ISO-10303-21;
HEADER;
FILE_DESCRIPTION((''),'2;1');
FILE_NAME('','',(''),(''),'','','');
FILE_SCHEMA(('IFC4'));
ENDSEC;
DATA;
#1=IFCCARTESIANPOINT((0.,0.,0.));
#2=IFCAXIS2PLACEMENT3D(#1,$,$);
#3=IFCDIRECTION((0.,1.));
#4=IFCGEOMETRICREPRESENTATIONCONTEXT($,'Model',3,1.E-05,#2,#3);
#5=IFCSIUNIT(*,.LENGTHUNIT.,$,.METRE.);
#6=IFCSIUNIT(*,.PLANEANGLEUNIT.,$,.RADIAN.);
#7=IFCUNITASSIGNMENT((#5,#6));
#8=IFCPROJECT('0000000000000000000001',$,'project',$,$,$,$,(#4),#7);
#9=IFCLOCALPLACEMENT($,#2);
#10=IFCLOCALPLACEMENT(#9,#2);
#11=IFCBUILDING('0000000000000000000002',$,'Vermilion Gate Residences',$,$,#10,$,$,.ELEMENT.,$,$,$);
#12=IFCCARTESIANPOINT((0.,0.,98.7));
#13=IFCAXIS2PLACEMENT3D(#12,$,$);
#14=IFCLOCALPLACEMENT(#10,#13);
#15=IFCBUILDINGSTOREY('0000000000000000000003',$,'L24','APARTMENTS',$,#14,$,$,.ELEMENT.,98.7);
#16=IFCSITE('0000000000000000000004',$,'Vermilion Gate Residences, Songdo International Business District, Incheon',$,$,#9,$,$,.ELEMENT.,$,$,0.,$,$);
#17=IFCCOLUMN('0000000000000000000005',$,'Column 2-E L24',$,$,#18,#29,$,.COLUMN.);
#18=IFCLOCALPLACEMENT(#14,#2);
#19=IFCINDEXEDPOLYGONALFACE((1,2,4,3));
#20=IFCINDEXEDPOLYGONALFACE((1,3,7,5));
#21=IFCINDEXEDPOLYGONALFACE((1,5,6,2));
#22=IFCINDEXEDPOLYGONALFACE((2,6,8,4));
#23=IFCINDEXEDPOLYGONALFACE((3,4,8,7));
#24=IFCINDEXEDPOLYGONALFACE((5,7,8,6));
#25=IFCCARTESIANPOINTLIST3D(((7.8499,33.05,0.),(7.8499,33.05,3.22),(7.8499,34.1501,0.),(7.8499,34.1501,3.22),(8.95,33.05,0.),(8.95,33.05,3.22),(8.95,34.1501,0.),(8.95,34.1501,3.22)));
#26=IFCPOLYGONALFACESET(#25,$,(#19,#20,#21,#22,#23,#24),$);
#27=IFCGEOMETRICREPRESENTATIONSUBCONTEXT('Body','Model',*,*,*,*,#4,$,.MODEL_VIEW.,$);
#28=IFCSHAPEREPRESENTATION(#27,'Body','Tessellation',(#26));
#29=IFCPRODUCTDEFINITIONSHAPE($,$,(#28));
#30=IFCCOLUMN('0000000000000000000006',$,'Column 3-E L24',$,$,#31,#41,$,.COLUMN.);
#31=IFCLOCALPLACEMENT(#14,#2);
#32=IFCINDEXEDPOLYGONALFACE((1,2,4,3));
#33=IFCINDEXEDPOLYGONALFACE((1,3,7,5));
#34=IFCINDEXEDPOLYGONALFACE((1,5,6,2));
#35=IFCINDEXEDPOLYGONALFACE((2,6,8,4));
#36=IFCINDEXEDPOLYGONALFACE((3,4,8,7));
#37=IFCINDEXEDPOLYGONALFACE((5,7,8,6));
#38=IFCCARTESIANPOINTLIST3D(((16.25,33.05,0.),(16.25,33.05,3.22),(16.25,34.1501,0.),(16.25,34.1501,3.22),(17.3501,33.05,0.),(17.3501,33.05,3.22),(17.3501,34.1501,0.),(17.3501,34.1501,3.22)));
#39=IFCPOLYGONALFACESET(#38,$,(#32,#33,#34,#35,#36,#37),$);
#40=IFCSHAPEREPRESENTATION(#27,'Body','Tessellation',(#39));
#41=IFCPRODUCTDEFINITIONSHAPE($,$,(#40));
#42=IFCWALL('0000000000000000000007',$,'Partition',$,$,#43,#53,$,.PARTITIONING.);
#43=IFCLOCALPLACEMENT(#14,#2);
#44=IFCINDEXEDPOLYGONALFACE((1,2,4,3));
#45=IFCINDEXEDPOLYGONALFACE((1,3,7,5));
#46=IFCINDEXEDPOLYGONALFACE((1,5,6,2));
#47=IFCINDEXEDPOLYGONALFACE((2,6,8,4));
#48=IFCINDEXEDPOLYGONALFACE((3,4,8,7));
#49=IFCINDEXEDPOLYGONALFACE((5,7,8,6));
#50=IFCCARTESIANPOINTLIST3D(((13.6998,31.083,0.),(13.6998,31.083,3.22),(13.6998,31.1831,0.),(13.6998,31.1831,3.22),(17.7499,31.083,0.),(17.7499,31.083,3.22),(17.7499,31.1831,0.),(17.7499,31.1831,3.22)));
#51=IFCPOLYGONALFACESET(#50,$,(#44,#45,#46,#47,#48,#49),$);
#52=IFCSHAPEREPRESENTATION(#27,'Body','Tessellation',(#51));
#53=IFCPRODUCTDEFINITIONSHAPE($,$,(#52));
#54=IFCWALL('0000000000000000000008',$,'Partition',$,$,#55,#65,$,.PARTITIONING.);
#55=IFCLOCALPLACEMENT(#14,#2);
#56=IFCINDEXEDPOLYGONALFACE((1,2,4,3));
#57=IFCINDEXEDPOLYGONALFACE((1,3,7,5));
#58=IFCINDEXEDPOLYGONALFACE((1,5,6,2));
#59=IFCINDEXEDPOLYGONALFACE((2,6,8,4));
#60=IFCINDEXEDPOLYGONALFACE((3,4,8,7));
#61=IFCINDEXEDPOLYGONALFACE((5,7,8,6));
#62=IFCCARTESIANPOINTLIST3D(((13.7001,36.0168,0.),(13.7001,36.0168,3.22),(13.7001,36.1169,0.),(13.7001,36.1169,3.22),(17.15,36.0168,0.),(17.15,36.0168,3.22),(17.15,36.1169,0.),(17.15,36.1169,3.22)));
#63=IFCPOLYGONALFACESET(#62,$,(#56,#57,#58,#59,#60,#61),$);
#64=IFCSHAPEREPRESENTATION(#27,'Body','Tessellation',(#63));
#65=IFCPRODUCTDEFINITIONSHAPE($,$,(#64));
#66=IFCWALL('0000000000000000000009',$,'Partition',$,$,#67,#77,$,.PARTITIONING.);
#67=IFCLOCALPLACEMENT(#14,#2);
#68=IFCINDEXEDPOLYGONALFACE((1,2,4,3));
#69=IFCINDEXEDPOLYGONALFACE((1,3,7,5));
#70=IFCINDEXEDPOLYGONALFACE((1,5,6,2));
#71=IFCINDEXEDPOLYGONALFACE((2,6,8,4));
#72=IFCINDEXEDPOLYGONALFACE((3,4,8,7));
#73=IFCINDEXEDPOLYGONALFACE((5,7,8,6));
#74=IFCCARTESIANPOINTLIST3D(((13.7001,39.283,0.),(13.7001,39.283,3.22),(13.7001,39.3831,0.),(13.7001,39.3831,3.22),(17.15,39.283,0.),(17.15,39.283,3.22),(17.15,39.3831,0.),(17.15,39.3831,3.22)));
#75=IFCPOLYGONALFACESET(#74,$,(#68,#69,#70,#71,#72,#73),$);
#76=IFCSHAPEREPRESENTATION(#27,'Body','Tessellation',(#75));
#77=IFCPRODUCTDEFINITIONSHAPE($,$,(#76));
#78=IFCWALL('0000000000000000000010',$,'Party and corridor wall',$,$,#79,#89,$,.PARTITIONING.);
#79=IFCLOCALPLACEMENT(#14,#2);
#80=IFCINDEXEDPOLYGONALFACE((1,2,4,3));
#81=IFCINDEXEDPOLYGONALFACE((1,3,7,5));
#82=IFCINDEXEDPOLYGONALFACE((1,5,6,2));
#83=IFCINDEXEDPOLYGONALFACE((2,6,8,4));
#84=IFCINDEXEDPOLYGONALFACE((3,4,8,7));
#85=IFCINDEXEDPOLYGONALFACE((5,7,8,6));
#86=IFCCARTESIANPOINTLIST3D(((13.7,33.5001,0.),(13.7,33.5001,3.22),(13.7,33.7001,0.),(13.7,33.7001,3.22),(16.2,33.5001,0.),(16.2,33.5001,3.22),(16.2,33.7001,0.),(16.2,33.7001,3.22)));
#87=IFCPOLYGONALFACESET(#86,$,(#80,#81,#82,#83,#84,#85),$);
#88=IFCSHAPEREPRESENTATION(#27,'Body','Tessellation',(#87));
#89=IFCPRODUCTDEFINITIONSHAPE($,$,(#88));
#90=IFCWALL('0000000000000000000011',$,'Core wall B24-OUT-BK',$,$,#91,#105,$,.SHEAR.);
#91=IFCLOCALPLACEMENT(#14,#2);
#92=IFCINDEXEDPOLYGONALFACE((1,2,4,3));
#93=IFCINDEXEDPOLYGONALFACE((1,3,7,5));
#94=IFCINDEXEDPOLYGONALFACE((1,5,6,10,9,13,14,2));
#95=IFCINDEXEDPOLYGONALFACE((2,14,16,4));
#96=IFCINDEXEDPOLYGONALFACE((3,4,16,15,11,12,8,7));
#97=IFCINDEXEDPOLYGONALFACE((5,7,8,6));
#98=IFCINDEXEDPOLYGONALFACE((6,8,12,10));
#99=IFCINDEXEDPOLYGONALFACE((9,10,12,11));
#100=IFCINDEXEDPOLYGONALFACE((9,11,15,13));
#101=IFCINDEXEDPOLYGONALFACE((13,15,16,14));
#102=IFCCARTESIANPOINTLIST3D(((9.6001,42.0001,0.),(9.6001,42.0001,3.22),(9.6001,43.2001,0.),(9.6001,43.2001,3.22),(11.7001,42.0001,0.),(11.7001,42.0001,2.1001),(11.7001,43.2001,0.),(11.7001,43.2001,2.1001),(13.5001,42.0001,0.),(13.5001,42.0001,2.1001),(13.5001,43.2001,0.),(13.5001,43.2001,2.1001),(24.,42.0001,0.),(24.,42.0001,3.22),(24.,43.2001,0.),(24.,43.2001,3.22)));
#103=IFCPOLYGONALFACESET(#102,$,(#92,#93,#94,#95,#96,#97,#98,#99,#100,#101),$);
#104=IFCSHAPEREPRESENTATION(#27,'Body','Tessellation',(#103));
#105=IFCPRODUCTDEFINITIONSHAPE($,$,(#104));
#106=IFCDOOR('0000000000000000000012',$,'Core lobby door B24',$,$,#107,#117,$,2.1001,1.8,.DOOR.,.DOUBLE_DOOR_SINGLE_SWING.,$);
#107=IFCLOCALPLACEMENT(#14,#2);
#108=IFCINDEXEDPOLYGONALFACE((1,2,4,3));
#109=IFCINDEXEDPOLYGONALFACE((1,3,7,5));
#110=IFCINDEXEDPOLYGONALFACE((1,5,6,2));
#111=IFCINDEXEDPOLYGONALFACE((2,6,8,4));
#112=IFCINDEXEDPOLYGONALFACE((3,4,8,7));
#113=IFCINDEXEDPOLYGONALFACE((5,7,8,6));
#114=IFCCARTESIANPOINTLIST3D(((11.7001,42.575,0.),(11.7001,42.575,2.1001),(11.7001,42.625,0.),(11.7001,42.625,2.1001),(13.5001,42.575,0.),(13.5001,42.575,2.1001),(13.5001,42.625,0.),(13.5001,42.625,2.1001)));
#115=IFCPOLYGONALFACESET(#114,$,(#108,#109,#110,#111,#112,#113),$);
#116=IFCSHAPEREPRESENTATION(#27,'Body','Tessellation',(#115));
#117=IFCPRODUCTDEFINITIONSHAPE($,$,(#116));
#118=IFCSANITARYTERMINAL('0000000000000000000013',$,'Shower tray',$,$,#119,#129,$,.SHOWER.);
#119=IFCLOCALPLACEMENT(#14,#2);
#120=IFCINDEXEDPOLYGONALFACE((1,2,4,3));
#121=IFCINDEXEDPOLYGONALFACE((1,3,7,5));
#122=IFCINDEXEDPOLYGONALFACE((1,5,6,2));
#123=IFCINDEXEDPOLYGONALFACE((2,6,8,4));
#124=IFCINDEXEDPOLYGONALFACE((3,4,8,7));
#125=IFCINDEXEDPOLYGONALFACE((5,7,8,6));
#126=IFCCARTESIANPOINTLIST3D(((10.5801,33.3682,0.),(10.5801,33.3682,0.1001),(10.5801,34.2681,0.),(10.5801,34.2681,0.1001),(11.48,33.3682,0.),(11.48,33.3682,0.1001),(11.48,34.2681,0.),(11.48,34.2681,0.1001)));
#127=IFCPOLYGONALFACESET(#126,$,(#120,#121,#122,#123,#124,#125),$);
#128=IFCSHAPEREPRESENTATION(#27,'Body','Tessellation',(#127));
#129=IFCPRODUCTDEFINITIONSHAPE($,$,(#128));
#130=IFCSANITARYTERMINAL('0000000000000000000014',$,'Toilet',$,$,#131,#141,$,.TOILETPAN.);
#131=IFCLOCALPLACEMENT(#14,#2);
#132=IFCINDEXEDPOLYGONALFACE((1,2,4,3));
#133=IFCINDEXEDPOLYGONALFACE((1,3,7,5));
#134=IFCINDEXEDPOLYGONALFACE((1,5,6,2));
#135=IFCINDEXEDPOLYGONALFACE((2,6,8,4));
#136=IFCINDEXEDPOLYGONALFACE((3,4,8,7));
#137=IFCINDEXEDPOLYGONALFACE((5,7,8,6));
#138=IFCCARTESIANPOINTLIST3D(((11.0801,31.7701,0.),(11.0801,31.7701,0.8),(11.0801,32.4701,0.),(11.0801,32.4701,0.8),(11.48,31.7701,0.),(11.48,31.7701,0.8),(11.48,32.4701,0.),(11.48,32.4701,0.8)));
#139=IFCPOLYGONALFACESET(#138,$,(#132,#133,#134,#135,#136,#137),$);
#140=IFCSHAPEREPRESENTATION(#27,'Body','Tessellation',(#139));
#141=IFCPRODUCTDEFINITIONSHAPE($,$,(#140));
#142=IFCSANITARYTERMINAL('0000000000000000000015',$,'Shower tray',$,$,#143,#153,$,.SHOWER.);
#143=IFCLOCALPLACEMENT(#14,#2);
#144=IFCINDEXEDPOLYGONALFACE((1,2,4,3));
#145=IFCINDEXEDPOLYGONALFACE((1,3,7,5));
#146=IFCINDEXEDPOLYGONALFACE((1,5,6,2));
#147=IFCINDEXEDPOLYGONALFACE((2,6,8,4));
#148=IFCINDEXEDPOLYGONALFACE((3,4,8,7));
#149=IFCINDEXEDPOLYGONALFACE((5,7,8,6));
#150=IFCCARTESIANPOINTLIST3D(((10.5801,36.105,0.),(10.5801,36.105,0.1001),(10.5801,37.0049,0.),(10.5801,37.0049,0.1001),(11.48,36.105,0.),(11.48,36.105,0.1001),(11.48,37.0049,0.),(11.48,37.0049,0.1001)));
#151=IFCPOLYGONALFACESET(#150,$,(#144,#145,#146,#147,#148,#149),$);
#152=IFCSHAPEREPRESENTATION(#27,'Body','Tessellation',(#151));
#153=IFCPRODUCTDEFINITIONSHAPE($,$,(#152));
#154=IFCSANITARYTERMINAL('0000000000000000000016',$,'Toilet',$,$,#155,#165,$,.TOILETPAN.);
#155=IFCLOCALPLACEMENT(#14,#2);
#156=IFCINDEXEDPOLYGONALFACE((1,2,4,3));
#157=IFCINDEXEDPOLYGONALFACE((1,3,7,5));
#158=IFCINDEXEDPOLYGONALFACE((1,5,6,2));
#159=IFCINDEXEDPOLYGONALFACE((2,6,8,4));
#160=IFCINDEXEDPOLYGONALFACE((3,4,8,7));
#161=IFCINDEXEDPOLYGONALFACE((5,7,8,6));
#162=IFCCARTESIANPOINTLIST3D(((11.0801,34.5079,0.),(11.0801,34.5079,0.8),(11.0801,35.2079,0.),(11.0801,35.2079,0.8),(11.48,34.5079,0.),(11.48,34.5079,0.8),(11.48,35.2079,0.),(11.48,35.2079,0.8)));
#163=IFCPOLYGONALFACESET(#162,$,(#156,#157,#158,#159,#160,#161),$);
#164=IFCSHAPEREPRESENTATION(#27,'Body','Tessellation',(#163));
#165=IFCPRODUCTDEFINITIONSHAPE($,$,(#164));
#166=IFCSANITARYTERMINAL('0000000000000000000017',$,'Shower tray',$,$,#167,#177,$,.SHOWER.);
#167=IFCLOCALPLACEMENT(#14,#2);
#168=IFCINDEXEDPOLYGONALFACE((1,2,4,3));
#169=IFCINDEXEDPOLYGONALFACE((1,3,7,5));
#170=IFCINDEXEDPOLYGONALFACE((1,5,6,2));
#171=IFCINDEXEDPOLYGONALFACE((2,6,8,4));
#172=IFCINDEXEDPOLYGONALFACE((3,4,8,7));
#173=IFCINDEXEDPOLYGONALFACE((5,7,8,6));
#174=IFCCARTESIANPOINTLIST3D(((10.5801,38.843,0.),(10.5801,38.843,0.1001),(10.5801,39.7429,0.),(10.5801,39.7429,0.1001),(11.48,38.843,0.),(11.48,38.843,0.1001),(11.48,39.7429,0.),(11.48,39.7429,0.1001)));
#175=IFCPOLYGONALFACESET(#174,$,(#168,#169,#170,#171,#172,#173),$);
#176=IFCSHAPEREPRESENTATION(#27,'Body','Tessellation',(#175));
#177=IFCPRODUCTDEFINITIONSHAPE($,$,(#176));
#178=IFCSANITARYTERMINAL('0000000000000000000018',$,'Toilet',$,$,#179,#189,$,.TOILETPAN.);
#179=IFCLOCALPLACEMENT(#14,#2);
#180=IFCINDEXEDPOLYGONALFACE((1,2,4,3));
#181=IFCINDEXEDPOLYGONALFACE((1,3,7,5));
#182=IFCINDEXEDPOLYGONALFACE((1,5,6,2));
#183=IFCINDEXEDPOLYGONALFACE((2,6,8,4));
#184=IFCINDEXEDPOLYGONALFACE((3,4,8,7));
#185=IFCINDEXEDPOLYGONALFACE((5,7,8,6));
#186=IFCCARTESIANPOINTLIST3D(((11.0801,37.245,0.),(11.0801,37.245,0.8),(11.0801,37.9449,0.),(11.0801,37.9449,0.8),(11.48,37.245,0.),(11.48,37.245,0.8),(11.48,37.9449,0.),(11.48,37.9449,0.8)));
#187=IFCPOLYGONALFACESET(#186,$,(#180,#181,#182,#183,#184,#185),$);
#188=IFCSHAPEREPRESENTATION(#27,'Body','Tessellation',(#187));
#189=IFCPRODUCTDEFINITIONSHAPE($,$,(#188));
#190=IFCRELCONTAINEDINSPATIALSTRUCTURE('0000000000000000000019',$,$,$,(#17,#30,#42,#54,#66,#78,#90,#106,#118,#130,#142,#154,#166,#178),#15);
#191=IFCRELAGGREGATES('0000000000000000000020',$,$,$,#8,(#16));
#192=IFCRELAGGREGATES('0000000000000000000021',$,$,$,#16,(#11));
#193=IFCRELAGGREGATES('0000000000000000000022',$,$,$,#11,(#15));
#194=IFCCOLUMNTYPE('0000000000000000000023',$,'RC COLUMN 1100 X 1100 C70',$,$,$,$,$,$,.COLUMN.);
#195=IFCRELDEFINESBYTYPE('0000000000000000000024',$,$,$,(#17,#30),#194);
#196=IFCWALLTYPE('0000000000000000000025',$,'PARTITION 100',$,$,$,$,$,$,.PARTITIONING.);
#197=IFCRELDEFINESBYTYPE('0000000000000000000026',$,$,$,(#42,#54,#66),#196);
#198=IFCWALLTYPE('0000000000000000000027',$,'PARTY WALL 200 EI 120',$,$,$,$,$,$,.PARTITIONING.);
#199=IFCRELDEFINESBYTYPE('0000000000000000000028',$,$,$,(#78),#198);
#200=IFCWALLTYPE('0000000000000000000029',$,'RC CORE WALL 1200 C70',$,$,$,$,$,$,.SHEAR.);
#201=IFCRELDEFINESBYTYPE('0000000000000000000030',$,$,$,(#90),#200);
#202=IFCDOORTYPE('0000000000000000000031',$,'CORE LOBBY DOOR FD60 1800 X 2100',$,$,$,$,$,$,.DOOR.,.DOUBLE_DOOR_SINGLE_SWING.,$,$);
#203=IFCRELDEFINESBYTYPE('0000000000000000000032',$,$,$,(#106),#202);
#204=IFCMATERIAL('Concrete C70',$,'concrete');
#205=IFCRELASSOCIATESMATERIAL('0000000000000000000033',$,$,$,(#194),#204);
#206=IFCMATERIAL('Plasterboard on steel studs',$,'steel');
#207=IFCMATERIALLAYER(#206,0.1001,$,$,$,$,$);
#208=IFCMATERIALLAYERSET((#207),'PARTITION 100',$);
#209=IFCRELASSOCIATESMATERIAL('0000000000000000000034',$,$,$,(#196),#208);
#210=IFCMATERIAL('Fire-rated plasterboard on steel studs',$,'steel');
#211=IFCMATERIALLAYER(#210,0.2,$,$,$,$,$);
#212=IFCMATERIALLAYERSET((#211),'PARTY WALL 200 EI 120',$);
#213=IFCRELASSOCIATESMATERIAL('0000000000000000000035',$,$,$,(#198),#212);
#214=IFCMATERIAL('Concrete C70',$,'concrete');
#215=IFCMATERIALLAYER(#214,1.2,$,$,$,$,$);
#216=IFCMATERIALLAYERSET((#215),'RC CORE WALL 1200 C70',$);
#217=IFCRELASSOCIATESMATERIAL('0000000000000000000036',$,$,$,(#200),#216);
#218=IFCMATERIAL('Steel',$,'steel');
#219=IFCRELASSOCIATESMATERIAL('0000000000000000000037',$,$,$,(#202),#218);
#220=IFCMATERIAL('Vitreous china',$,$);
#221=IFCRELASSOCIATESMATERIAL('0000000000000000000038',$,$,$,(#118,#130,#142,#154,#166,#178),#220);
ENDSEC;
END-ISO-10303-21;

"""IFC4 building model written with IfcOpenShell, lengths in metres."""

from ifc_helpers import new_model, si_unit, direction, frame, frame_2d, origin, origin_2d, place, context, subcontext, project, spatial, rectangle, extrude, material, layer, layer_set, material_profile, profile_set, type_object, element, fill, save


model = new_model("IFC4")

# Units and contexts
model_context = context("Model", 3, precision=1e-05, world=origin(), true_north=direction((0.0, 1.0)))
body_context = subcontext(model_context, "Body", "Model", "MODEL_VIEW")
ifc_project = project(units=[si_unit("LENGTHUNIT", "METRE"), si_unit("PLANEANGLEUNIT", "RADIAN")], contexts=[model_context])

# Site, building, storey
site_placement = place(None, origin())
site = spatial("IfcSite", under=ifc_project, at=site_placement, Name="Vermilion Gate Residences, Songdo International Business District, Incheon", CompositionType="ELEMENT", RefElevation=0.0)
building_placement = place(site_placement, origin())
building = spatial("IfcBuilding", under=site, at=building_placement, Name="Vermilion Gate Residences", CompositionType="ELEMENT")
storey_placement = place(building_placement, frame((0.0, 0.0, 98.7)))
storey = spatial("IfcBuildingStorey", under=building, at=storey_placement, Name="L24", Description="APARTMENTS", CompositionType="ELEMENT", Elevation=98.7)

# Columns
ifc_material_1 = material(Name="Concrete C70", Category="concrete")
ifc_material_profile = material_profile(ifc_material_1, rectangle(XDim=1.1001, YDim=1.1001, at=origin_2d()), Name="RC-1100x1100")
ifc_profile_set = profile_set([ifc_material_profile], Name="Concrete C70")
column_type = type_object("IfcColumnType", Name="RC COLUMN 1100 X 1100 C70", PredefinedType="COLUMN", material=ifc_profile_set)
for number, where, z_axis, x_axis, name in (
    (1, (8.3999, 33.6001, 0.0), (0.0, 0.0, 1.0), (1.0, 0.0, 0.0), "Column 2-E L24"),
    (2, (16.8, 33.6001, 0.0), (0.0, 0.0, 1.0), (1.0, 0.0, 0.0), "Column 3-E L24"),
):
    element("IfcColumn", number, at=place(storey_placement, frame(where, z_axis=z_axis, x_axis=x_axis)), inside=storey, type_object=column_type, Name=name, PredefinedType="COLUMN", context=body_context, shape_type="SweptSolid", body=[
        extrude(rectangle(XDim=1.1001, YDim=1.1001, at=origin_2d()), origin(), (0.0, 0.0, 1.0), 3.22),
    ])

# Walls
ifc_material_2 = material(Name="Plasterboard on steel studs", Category="steel")
ifc_layer_1 = layer(ifc_material_2, 0.1001)
ifc_layer_set_1 = layer_set([ifc_layer_1], Name="PARTITION 100")
wall_type_1 = type_object("IfcWallType", Name="PARTITION 100", PredefinedType="PARTITIONING", material=ifc_layer_set_1)
wall_1_placement = place(storey_placement, frame((13.7, 31.1331, 0.0), z_axis=(0.0, 0.0, 1.0), x_axis=(1.0, 0.0, 0.0)))
element("IfcWall", 3, at=wall_1_placement, inside=storey, type_object=wall_type_1, Name="Partition", PredefinedType="PARTITIONING", context=body_context, shape_type="SweptSolid", body=[
    extrude(rectangle(XDim=4.05, YDim=0.1001, at=frame_2d((2.0249, 0.0))), origin(), (0.0, 0.0, 1.0), 3.22),
])
for number, where, z_axis, x_axis, name in (
    (4, (13.7, 36.0669, 0.0), (0.0, 0.0, 1.0), (1.0, 0.0, 0.0), "Partition"),
    (5, (13.7, 39.333, 0.0), (0.0, 0.0, 1.0), (1.0, 0.0, 0.0), "Partition"),
):
    element("IfcWall", number, at=place(storey_placement, frame(where, z_axis=z_axis, x_axis=x_axis)), inside=storey, type_object=wall_type_1, Name=name, PredefinedType="PARTITIONING", context=body_context, shape_type="SweptSolid", body=[
        extrude(rectangle(XDim=3.45, YDim=0.1001, at=frame_2d((1.7251, 0.0))), origin(), (0.0, 0.0, 1.0), 3.22),
    ])
ifc_material_3 = material(Name="Fire-rated plasterboard on steel studs", Category="steel")
ifc_layer_2 = layer(ifc_material_3, 0.2)
ifc_layer_set_2 = layer_set([ifc_layer_2], Name="PARTY WALL 200 EI 120")
wall_type_2 = type_object("IfcWallType", Name="PARTY WALL 200 EI 120", PredefinedType="PARTITIONING", material=ifc_layer_set_2)
wall_2_placement = place(storey_placement, frame((13.7, 33.6001, 0.0), z_axis=(0.0, 0.0, 1.0), x_axis=(1.0, 0.0, 0.0)))
element("IfcWall", 6, at=wall_2_placement, inside=storey, type_object=wall_type_2, Name="Party and corridor wall", PredefinedType="PARTITIONING", context=body_context, shape_type="SweptSolid", body=[
    extrude(rectangle(XDim=2.5, YDim=0.2, at=frame_2d((1.25, 0.0))), origin(), (0.0, 0.0, 1.0), 3.22),
])

# Wall, opening, door
ifc_material_4 = material(Name="Concrete C70", Category="concrete")
ifc_layer_3 = layer(ifc_material_4, 1.2)
ifc_layer_set_3 = layer_set([ifc_layer_3], Name="RC CORE WALL 1200 C70")
wall_type_3 = type_object("IfcWallType", Name="RC CORE WALL 1200 C70", PredefinedType="SHEAR", material=ifc_layer_set_3)
wall_3_placement = place(storey_placement, frame((9.6001, 42.6001, 0.0), z_axis=(0.0, 0.0, 1.0), x_axis=(1.0, 0.0, 0.0)))
wall_3 = element("IfcWall", 7, at=wall_3_placement, inside=storey, type_object=wall_type_3, Name="Core wall B24-OUT-BK", PredefinedType="SHEAR", context=body_context, shape_type="SweptSolid", body=[
    extrude(rectangle(XDim=14.3999, YDim=1.2, at=frame_2d((7.2, 0.0))), origin(), (0.0, 0.0, 1.0), 3.22),
])
opening_placement = place(wall_3_placement, frame((2.1001, 0.0, 0.0)))
opening = element("IfcOpeningElement", 8, at=opening_placement, cuts=wall_3, PredefinedType="OPENING", context=body_context, shape_type="SweptSolid", body=[
    extrude(rectangle(XDim=1.8, YDim=2.1001, at=frame_2d((0.8999, 1.05))), frame((0.0, 0.6099, 0.0), z_axis=(0.0, -1.0, 0.0), x_axis=(1.0, 0.0, 0.0)), (0.0, 0.0, 1.0), 1.22),
])
ifc_material_5 = material(Name="Steel", Category="steel")
door_type = type_object("IfcDoorType", Name="CORE LOBBY DOOR FD60 1800 X 2100", OperationType="DOUBLE_DOOR_SINGLE_SWING", PredefinedType="DOOR", material=ifc_material_5)
door_placement = place(opening_placement, origin())
door = element("IfcDoor", 9, at=door_placement, inside=storey, type_object=door_type, Name="Core lobby door B24", OperationType="DOUBLE_DOOR_SINGLE_SWING", OverallHeight=2.1001, OverallWidth=1.8, PredefinedType="DOOR", context=body_context, shape_type="SweptSolid", body=[
    extrude(rectangle(XDim=1.8, YDim=2.1001, at=frame_2d((0.8999, 1.05))), frame((0.0, 0.0249, 0.0), z_axis=(0.0, -1.0, 0.0), x_axis=(1.0, 0.0, 0.0)), (0.0, 0.0, 1.0), 0.05),
])
fill(opening, door)

# Sanitary terminals
ifc_material_6 = material(Name="Vitreous china")
sanitary_terminal_1_placement = place(storey_placement, frame((11.03, 33.8181, 0.0), z_axis=(0.0, 0.0, 1.0), x_axis=(1.0, 0.0, 0.0)))
element("IfcSanitaryTerminal", 10, at=sanitary_terminal_1_placement, inside=storey, material=ifc_material_6, Name="Shower tray", PredefinedType="SHOWER", context=body_context, shape_type="SweptSolid", body=[
    extrude(rectangle(XDim=0.8999, YDim=0.8999, at=origin_2d()), origin(), (0.0, 0.0, 1.0), 0.1001),
])
sanitary_terminal_2_placement = place(storey_placement, frame((11.28, 32.1201, 0.0), z_axis=(0.0, 0.0, 1.0), x_axis=(1.0, 0.0, 0.0)))
element("IfcSanitaryTerminal", 11, at=sanitary_terminal_2_placement, inside=storey, material=ifc_material_6, Name="Toilet", PredefinedType="TOILETPAN", context=body_context, shape_type="SweptSolid", body=[
    extrude(rectangle(XDim=0.3999, YDim=0.7, at=origin_2d()), origin(), (0.0, 0.0, 1.0), 0.8),
])
sanitary_terminal_3_placement = place(storey_placement, frame((11.03, 36.5549, 0.0), z_axis=(0.0, 0.0, 1.0), x_axis=(1.0, 0.0, 0.0)))
element("IfcSanitaryTerminal", 12, at=sanitary_terminal_3_placement, inside=storey, material=ifc_material_6, Name="Shower tray", PredefinedType="SHOWER", context=body_context, shape_type="SweptSolid", body=[
    extrude(rectangle(XDim=0.8999, YDim=0.8999, at=origin_2d()), origin(), (0.0, 0.0, 1.0), 0.1001),
])
sanitary_terminal_4_placement = place(storey_placement, frame((11.28, 34.8579, 0.0), z_axis=(0.0, 0.0, 1.0), x_axis=(1.0, 0.0, 0.0)))
element("IfcSanitaryTerminal", 13, at=sanitary_terminal_4_placement, inside=storey, material=ifc_material_6, Name="Toilet", PredefinedType="TOILETPAN", context=body_context, shape_type="SweptSolid", body=[
    extrude(rectangle(XDim=0.3999, YDim=0.7, at=origin_2d()), origin(), (0.0, 0.0, 1.0), 0.8),
])
sanitary_terminal_5_placement = place(storey_placement, frame((11.03, 39.293, 0.0), z_axis=(0.0, 0.0, 1.0), x_axis=(1.0, 0.0, 0.0)))
element("IfcSanitaryTerminal", 14, at=sanitary_terminal_5_placement, inside=storey, material=ifc_material_6, Name="Shower tray", PredefinedType="SHOWER", context=body_context, shape_type="SweptSolid", body=[
    extrude(rectangle(XDim=0.8999, YDim=0.8999, at=origin_2d()), origin(), (0.0, 0.0, 1.0), 0.1001),
])
for number, where, z_axis, x_axis, name in (
    (15, (11.28, 37.595, 0.0), (0.0, 0.0, 1.0), (1.0, 0.0, 0.0), "Toilet"),
):
    element("IfcSanitaryTerminal", number, at=place(storey_placement, frame(where, z_axis=z_axis, x_axis=x_axis)), inside=storey, material=ifc_material_6, Name=name, PredefinedType="TOILETPAN", context=body_context, shape_type="SweptSolid", body=[
        extrude(rectangle(XDim=0.3999, YDim=0.7, at=origin_2d()), origin(), (0.0, 0.0, 1.0), 0.8),
    ])

save(model, "model.ifc")
